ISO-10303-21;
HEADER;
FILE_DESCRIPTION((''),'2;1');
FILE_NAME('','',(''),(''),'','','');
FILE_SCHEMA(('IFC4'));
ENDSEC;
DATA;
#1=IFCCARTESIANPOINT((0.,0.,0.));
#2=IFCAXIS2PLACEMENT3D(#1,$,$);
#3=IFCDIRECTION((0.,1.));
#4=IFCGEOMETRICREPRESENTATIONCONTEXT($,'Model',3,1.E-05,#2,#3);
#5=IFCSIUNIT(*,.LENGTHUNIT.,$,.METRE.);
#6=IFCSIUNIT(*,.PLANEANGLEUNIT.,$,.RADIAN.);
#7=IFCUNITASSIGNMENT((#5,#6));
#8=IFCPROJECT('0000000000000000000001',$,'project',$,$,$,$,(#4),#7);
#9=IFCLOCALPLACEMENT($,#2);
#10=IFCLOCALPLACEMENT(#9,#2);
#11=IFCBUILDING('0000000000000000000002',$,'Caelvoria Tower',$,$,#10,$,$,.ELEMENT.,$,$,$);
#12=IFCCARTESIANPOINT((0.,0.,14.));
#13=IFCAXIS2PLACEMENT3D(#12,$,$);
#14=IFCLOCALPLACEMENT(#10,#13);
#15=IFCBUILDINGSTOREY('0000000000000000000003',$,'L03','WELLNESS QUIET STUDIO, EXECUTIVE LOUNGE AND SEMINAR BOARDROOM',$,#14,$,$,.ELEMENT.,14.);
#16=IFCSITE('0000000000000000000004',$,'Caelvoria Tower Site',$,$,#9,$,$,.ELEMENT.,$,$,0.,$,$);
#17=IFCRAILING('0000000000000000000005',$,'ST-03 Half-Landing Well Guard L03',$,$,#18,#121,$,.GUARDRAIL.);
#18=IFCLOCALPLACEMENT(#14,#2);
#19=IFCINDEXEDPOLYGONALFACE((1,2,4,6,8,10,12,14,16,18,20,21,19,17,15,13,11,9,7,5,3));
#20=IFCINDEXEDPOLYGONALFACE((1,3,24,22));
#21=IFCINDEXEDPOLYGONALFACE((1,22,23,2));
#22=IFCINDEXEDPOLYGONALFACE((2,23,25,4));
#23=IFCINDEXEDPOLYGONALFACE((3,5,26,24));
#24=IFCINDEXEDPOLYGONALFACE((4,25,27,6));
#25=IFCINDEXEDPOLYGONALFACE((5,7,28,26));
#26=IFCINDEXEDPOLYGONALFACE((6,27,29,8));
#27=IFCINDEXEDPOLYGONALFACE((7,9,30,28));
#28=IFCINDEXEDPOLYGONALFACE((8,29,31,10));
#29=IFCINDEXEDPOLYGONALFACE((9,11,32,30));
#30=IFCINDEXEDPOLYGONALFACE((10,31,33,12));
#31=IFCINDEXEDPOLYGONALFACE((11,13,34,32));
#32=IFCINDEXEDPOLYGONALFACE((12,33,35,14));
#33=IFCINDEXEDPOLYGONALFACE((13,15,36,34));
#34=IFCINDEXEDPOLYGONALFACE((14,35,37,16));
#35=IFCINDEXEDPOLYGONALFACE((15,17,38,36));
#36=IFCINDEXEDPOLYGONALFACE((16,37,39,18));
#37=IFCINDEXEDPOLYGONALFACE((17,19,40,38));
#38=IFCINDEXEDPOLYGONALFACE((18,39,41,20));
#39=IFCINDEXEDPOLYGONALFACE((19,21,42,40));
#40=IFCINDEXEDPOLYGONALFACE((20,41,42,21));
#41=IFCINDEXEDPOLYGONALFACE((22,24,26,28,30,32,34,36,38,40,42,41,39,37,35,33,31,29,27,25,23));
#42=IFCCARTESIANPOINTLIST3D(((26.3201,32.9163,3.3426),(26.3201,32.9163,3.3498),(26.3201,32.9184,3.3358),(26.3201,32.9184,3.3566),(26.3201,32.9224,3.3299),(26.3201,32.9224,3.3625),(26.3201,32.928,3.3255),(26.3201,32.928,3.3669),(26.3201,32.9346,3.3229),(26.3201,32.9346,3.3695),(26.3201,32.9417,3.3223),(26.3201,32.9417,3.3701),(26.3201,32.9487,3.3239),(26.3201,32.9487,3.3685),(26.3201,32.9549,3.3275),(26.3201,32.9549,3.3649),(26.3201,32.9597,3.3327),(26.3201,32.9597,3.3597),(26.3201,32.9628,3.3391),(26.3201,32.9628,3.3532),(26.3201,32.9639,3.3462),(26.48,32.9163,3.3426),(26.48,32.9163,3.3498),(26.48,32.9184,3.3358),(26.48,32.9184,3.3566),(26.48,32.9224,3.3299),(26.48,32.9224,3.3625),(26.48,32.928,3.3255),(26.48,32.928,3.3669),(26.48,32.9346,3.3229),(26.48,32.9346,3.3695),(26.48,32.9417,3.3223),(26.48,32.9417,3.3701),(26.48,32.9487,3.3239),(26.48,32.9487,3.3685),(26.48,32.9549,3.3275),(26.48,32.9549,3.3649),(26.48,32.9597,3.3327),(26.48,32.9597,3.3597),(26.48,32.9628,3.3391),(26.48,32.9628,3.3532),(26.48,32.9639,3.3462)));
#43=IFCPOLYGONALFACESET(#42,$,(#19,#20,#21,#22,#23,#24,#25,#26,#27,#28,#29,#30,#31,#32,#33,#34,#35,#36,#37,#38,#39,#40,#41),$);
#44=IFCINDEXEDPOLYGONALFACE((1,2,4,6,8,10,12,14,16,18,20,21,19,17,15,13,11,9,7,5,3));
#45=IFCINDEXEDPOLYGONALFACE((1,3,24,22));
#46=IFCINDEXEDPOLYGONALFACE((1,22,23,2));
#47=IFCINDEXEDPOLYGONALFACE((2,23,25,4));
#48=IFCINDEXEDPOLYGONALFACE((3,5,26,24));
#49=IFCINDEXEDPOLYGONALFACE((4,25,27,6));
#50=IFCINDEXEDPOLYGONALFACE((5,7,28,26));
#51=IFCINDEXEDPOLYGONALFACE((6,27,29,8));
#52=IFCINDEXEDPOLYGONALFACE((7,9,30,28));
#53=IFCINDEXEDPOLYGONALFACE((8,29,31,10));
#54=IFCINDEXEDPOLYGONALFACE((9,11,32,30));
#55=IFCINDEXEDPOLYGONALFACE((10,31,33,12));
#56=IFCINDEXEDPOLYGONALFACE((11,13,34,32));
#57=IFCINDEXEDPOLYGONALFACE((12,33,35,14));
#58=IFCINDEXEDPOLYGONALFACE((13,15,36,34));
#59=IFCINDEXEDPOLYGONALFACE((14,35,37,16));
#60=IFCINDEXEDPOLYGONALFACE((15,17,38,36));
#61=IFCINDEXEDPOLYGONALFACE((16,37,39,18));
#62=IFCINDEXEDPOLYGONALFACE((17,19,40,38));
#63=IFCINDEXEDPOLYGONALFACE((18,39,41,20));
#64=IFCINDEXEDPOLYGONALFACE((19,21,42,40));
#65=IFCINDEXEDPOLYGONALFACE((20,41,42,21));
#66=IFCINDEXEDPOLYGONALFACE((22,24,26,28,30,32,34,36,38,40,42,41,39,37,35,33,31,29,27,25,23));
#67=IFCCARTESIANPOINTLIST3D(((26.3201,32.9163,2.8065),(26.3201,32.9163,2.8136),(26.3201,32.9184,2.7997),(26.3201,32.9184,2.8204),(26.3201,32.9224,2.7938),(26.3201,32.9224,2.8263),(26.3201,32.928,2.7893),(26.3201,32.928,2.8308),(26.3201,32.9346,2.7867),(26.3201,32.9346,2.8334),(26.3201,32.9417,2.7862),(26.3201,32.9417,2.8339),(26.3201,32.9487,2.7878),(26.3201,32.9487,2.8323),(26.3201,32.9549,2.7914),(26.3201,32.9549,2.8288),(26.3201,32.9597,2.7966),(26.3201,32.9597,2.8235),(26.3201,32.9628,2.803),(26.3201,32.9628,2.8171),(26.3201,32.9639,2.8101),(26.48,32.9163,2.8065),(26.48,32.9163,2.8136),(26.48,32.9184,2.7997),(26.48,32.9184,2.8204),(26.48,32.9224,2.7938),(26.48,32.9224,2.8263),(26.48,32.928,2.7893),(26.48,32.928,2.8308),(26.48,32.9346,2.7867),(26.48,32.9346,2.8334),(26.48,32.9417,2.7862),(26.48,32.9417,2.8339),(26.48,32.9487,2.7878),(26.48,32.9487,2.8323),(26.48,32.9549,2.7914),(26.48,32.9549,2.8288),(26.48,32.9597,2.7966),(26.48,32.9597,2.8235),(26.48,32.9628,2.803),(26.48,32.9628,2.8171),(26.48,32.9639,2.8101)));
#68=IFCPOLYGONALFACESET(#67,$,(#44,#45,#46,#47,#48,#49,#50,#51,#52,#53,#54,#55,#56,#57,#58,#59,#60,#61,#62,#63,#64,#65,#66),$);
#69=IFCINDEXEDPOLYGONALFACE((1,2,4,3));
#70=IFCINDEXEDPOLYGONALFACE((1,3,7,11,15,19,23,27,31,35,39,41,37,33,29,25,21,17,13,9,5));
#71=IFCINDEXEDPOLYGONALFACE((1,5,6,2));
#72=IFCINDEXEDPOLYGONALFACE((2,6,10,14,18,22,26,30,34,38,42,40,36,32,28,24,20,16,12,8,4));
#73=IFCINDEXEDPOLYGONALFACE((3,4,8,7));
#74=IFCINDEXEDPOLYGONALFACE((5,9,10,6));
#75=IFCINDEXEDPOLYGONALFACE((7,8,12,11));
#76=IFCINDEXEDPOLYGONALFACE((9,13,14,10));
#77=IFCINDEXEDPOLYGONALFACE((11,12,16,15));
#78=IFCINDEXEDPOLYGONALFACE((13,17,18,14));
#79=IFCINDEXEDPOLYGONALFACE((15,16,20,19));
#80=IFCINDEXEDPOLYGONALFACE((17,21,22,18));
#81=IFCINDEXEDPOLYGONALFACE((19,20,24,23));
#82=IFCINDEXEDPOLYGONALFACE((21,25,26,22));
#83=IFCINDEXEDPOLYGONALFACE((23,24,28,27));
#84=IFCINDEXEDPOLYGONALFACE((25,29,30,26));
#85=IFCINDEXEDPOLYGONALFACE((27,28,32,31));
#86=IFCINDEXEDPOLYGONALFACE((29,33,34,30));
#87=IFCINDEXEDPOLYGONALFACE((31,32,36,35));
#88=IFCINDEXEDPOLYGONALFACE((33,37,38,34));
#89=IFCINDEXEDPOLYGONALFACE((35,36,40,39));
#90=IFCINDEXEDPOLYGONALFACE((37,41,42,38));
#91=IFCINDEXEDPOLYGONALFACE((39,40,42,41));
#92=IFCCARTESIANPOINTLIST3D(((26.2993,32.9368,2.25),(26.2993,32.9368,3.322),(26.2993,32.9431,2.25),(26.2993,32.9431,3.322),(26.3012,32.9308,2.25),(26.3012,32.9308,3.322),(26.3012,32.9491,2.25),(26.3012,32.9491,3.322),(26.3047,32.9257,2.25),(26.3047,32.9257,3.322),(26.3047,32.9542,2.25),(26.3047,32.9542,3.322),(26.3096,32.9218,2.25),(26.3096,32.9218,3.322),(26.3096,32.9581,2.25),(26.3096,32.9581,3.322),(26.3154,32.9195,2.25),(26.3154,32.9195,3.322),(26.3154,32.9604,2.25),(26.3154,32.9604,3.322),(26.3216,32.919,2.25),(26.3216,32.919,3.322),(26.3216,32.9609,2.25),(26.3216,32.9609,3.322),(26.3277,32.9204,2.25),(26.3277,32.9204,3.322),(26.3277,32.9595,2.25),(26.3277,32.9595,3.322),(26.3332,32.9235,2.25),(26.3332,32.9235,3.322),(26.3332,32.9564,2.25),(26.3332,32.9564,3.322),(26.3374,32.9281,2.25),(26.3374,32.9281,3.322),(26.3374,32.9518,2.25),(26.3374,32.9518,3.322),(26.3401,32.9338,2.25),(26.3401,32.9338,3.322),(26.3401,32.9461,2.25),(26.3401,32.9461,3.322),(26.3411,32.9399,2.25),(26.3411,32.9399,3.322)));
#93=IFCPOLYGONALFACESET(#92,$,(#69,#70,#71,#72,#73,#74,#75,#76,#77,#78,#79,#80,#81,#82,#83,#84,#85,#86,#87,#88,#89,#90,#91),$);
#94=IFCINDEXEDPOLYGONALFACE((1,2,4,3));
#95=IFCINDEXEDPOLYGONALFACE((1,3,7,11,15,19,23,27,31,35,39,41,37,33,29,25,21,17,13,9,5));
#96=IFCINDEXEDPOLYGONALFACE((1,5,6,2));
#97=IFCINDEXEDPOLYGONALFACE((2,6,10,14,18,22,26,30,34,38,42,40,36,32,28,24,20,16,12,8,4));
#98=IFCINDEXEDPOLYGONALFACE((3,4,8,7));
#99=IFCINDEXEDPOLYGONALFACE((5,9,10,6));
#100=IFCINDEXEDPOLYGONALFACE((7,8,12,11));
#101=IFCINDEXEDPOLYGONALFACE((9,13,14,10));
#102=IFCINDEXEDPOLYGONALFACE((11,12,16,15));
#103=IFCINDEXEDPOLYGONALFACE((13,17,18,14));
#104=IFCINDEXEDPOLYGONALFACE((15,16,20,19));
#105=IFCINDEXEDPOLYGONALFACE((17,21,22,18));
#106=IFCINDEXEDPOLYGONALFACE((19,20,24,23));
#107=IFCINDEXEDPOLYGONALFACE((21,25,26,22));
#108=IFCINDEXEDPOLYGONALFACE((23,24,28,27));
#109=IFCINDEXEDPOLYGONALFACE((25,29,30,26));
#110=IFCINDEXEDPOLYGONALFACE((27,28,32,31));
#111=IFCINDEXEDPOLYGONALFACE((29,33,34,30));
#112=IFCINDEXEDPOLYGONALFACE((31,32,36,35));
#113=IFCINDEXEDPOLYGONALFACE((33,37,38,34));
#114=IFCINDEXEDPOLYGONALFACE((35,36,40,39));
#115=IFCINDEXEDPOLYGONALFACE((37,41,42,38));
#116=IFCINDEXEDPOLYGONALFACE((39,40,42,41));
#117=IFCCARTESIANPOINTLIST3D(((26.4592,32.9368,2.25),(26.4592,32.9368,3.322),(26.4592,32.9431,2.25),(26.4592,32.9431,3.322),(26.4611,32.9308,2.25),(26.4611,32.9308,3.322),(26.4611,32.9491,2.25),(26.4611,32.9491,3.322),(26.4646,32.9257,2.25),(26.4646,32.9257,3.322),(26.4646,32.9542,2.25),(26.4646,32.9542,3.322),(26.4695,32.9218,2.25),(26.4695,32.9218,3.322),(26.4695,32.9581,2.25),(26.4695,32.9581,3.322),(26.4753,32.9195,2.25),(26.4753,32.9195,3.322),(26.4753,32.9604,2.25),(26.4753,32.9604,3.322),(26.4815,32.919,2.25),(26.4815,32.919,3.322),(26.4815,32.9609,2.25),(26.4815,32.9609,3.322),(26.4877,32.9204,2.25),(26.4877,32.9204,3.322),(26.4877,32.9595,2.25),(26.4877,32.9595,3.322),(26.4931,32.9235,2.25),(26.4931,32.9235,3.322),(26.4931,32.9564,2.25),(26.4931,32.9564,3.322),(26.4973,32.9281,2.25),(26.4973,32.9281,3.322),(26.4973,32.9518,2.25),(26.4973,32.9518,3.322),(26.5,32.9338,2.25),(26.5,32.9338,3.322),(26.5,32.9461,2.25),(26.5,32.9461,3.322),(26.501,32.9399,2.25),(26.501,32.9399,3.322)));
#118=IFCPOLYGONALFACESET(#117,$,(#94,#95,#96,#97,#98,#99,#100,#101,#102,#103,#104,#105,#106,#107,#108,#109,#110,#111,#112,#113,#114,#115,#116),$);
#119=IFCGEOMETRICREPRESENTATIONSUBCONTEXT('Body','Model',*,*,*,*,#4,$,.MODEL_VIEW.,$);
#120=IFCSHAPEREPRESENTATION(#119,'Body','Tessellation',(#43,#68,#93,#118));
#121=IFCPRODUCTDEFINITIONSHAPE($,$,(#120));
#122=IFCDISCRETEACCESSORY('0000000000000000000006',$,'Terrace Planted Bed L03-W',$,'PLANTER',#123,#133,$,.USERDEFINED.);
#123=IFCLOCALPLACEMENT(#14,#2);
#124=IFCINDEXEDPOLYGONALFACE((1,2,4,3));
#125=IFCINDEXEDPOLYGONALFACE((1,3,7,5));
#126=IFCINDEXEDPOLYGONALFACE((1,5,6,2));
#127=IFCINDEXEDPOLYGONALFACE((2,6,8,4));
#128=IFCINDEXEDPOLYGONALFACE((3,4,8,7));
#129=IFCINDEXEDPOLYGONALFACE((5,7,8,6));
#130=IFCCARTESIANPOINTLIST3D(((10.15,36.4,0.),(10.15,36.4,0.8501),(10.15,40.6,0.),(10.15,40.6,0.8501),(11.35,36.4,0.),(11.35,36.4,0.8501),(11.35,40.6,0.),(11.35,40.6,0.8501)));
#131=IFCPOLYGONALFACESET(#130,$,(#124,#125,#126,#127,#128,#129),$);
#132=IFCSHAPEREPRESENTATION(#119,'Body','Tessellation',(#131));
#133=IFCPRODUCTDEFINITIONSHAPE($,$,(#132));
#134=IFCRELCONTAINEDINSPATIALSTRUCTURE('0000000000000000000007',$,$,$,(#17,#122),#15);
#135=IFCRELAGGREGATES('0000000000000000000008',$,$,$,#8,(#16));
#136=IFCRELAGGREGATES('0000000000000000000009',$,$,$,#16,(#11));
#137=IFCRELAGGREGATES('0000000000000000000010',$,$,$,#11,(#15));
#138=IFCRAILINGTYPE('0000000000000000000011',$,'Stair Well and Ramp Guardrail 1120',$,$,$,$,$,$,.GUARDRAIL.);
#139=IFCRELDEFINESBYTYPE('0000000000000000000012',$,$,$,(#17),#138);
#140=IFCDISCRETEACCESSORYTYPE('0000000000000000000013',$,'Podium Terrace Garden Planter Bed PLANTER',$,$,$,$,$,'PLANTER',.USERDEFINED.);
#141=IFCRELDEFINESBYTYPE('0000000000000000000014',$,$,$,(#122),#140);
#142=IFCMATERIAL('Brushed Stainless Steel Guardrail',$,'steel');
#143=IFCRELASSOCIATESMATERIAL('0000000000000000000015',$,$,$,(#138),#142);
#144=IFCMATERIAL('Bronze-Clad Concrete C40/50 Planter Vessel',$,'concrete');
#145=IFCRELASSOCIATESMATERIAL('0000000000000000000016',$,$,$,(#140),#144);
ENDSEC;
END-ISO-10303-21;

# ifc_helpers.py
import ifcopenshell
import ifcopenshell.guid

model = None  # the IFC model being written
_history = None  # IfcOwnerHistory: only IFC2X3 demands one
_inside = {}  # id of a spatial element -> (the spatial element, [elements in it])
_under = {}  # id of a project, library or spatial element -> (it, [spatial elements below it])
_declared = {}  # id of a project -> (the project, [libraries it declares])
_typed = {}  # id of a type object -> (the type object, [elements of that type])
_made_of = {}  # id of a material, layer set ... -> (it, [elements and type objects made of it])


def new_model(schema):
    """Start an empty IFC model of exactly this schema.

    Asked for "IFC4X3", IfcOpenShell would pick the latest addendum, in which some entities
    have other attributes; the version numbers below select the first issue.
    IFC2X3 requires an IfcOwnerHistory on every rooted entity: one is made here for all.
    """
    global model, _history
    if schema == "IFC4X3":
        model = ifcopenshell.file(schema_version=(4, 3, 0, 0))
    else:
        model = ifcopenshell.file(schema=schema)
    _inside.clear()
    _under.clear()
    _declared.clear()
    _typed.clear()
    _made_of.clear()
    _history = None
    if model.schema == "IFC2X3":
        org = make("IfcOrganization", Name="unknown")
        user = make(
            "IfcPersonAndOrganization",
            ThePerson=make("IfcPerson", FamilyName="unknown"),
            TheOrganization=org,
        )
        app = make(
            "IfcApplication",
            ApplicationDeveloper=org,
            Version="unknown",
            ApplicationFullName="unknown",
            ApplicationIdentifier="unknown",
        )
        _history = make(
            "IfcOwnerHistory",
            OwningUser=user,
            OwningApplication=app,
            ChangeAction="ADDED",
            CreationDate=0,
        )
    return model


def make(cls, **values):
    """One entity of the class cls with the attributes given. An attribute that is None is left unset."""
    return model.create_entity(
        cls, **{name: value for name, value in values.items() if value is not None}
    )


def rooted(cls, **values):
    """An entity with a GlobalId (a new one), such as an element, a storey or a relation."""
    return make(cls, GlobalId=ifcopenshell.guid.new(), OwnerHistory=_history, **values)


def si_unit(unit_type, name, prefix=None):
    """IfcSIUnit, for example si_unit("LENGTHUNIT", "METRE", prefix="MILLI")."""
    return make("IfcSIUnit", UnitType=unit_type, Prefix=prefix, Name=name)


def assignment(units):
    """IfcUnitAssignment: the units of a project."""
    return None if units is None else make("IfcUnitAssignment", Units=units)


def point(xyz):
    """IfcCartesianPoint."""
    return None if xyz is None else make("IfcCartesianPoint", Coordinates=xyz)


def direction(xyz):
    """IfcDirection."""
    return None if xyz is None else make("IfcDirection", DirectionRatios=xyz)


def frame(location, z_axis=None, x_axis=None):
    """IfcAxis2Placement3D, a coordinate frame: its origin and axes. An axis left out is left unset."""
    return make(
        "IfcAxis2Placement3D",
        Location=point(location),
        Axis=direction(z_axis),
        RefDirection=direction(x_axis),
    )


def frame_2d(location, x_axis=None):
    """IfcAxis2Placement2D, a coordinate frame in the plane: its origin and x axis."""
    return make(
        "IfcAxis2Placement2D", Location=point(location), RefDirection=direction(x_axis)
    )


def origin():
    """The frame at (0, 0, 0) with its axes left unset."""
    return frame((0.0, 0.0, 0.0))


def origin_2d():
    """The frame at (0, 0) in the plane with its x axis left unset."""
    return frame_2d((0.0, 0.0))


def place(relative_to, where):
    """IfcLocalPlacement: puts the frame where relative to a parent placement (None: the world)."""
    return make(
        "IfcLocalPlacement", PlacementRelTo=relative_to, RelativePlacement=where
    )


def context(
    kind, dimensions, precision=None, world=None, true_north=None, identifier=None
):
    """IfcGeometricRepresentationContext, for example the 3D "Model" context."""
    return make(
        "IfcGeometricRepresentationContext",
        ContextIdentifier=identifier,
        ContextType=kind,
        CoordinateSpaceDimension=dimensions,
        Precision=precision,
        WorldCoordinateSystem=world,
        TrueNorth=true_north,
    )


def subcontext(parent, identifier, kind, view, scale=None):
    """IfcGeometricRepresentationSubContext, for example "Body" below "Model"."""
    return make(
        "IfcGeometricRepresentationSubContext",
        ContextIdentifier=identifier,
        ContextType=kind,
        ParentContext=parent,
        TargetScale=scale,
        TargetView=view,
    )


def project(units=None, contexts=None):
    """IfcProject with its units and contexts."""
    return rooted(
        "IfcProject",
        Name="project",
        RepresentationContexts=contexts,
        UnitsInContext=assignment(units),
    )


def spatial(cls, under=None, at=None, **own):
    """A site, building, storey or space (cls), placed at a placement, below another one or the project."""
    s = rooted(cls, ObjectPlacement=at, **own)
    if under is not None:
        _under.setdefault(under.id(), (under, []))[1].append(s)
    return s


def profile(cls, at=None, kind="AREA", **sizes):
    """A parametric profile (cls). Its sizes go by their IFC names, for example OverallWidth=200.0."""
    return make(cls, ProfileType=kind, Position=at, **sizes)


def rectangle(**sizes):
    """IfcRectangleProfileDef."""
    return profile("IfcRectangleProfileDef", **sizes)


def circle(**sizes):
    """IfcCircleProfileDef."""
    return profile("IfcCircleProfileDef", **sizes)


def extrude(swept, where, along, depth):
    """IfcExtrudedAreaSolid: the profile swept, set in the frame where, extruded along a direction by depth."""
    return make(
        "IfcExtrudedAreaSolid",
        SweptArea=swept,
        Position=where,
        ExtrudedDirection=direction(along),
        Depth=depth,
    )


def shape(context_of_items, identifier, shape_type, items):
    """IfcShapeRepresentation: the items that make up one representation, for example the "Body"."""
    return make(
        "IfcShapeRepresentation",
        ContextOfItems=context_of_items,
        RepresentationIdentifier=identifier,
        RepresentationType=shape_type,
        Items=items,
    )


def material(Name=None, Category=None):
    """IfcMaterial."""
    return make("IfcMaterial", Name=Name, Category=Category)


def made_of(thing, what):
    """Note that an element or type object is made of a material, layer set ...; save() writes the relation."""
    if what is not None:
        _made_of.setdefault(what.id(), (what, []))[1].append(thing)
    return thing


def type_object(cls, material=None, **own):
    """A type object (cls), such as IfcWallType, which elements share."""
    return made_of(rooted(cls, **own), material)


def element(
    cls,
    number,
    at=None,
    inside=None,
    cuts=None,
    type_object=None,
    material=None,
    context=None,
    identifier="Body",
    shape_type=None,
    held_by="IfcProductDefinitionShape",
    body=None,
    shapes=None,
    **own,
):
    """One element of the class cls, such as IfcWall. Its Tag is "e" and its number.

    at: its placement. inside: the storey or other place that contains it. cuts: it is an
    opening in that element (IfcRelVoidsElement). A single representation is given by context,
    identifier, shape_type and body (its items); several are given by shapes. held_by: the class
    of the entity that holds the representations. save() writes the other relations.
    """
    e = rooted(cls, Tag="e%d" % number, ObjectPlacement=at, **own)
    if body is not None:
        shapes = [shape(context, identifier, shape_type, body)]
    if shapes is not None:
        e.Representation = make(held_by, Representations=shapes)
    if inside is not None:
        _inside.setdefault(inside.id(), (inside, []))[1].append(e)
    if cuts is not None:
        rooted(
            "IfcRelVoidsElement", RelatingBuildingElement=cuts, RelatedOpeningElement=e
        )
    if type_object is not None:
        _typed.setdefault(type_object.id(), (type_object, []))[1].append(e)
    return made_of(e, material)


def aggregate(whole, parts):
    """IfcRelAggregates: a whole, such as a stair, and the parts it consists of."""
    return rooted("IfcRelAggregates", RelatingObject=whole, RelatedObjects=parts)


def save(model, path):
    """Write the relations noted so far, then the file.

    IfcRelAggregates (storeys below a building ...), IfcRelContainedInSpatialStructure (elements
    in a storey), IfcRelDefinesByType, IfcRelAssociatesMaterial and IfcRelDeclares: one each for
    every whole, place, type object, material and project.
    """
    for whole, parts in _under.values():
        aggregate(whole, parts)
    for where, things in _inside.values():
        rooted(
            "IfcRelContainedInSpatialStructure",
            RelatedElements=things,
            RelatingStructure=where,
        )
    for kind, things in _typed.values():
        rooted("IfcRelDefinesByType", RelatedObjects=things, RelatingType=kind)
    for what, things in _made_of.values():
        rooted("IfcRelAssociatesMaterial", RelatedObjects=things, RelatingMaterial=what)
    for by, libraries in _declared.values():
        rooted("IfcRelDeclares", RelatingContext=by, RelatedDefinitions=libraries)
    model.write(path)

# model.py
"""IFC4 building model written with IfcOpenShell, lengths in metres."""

from ifc_helpers import new_model, si_unit, direction, frame, origin, origin_2d, place, context, subcontext, project, spatial, rectangle, circle, extrude, material, type_object, element, save


model = new_model("IFC4")

# Units and contexts
model_context = context("Model", 3, precision=1e-05, world=origin(), true_north=direction((0.0, 1.0)))
body_context = subcontext(model_context, "Body", "Model", "MODEL_VIEW")
ifc_project = project(units=[si_unit("LENGTHUNIT", "METRE"), si_unit("PLANEANGLEUNIT", "RADIAN")], contexts=[model_context])

# Site, building, storey
site_placement = place(None, origin())
site = spatial("IfcSite", under=ifc_project, at=site_placement, Name="Caelvoria Tower Site", CompositionType="ELEMENT", RefElevation=0.0)
building_placement = place(site_placement, origin())
building = spatial("IfcBuilding", under=site, at=building_placement, Name="Caelvoria Tower", CompositionType="ELEMENT")
storey_placement = place(building_placement, frame((0.0, 0.0, 14.0)))
storey = spatial("IfcBuildingStorey", under=building, at=storey_placement, Name="L03", Description="WELLNESS QUIET STUDIO, EXECUTIVE LOUNGE AND SEMINAR BOARDROOM", CompositionType="ELEMENT", Elevation=14.0)

# Railing
ifc_material_1 = material(Name="Brushed Stainless Steel Guardrail", Category="steel")
railing_type_1 = type_object("IfcRailingType", Name="Stair Well and Ramp Guardrail 1120", PredefinedType="GUARDRAIL", material=ifc_material_1)
railing_1_placement = place(storey_placement, frame((26.3201, 32.9399, 2.25)))
element("IfcRailing", 1, at=railing_1_placement, inside=storey, type_object=railing_type_1, Name="ST-03 Half-Landing Well Guard L03", PredefinedType="GUARDRAIL", context=body_context, shape_type="SweptSolid", body=[
    extrude(circle(Radius=0.0239, at=origin_2d()), frame((0.0, 0.0, 1.0962), z_axis=(1.0, 0.0, 0.0), x_axis=(0.0, 1.0, 0.0)), (0.0, 0.0, 1.0), 0.1599),
    extrude(circle(Radius=0.0239, at=origin_2d()), frame((0.0, 0.0, 0.5601), z_axis=(1.0, 0.0, 0.0), x_axis=(0.0, 1.0, 0.0)), (0.0, 0.0, 1.0), 0.1599),
    extrude(circle(Radius=0.021, at=origin_2d()), origin(), (0.0, 0.0, 1.0), 1.072),
    extrude(circle(Radius=0.021, at=origin_2d()), frame((0.1599, 0.0, 0.0)), (0.0, 0.0, 1.0), 1.072),
])

# Discrete accessory
ifc_material_2 = material(Name="Bronze-Clad Concrete C40/50 Planter Vessel", Category="concrete")
discrete_accessory_type = type_object("IfcDiscreteAccessoryType", Name="Podium Terrace Garden Planter Bed PLANTER", ElementType="PLANTER", PredefinedType="USERDEFINED", material=ifc_material_2)
discrete_accessory_placement = place(storey_placement, frame((10.75, 38.5, 0.0), z_axis=(0.0, 0.0, 1.0), x_axis=(1.0, 0.0, 0.0)))
element("IfcDiscreteAccessory", 2, at=discrete_accessory_placement, inside=storey, type_object=discrete_accessory_type, Name="Terrace Planted Bed L03-W", ObjectType="PLANTER", PredefinedType="USERDEFINED", context=body_context, shape_type="SweptSolid", body=[
    extrude(rectangle(XDim=1.2, YDim=4.2, at=origin_2d()), origin(), (0.0, 0.0, 1.0), 0.8501),
])

save(model, "model.ifc")
